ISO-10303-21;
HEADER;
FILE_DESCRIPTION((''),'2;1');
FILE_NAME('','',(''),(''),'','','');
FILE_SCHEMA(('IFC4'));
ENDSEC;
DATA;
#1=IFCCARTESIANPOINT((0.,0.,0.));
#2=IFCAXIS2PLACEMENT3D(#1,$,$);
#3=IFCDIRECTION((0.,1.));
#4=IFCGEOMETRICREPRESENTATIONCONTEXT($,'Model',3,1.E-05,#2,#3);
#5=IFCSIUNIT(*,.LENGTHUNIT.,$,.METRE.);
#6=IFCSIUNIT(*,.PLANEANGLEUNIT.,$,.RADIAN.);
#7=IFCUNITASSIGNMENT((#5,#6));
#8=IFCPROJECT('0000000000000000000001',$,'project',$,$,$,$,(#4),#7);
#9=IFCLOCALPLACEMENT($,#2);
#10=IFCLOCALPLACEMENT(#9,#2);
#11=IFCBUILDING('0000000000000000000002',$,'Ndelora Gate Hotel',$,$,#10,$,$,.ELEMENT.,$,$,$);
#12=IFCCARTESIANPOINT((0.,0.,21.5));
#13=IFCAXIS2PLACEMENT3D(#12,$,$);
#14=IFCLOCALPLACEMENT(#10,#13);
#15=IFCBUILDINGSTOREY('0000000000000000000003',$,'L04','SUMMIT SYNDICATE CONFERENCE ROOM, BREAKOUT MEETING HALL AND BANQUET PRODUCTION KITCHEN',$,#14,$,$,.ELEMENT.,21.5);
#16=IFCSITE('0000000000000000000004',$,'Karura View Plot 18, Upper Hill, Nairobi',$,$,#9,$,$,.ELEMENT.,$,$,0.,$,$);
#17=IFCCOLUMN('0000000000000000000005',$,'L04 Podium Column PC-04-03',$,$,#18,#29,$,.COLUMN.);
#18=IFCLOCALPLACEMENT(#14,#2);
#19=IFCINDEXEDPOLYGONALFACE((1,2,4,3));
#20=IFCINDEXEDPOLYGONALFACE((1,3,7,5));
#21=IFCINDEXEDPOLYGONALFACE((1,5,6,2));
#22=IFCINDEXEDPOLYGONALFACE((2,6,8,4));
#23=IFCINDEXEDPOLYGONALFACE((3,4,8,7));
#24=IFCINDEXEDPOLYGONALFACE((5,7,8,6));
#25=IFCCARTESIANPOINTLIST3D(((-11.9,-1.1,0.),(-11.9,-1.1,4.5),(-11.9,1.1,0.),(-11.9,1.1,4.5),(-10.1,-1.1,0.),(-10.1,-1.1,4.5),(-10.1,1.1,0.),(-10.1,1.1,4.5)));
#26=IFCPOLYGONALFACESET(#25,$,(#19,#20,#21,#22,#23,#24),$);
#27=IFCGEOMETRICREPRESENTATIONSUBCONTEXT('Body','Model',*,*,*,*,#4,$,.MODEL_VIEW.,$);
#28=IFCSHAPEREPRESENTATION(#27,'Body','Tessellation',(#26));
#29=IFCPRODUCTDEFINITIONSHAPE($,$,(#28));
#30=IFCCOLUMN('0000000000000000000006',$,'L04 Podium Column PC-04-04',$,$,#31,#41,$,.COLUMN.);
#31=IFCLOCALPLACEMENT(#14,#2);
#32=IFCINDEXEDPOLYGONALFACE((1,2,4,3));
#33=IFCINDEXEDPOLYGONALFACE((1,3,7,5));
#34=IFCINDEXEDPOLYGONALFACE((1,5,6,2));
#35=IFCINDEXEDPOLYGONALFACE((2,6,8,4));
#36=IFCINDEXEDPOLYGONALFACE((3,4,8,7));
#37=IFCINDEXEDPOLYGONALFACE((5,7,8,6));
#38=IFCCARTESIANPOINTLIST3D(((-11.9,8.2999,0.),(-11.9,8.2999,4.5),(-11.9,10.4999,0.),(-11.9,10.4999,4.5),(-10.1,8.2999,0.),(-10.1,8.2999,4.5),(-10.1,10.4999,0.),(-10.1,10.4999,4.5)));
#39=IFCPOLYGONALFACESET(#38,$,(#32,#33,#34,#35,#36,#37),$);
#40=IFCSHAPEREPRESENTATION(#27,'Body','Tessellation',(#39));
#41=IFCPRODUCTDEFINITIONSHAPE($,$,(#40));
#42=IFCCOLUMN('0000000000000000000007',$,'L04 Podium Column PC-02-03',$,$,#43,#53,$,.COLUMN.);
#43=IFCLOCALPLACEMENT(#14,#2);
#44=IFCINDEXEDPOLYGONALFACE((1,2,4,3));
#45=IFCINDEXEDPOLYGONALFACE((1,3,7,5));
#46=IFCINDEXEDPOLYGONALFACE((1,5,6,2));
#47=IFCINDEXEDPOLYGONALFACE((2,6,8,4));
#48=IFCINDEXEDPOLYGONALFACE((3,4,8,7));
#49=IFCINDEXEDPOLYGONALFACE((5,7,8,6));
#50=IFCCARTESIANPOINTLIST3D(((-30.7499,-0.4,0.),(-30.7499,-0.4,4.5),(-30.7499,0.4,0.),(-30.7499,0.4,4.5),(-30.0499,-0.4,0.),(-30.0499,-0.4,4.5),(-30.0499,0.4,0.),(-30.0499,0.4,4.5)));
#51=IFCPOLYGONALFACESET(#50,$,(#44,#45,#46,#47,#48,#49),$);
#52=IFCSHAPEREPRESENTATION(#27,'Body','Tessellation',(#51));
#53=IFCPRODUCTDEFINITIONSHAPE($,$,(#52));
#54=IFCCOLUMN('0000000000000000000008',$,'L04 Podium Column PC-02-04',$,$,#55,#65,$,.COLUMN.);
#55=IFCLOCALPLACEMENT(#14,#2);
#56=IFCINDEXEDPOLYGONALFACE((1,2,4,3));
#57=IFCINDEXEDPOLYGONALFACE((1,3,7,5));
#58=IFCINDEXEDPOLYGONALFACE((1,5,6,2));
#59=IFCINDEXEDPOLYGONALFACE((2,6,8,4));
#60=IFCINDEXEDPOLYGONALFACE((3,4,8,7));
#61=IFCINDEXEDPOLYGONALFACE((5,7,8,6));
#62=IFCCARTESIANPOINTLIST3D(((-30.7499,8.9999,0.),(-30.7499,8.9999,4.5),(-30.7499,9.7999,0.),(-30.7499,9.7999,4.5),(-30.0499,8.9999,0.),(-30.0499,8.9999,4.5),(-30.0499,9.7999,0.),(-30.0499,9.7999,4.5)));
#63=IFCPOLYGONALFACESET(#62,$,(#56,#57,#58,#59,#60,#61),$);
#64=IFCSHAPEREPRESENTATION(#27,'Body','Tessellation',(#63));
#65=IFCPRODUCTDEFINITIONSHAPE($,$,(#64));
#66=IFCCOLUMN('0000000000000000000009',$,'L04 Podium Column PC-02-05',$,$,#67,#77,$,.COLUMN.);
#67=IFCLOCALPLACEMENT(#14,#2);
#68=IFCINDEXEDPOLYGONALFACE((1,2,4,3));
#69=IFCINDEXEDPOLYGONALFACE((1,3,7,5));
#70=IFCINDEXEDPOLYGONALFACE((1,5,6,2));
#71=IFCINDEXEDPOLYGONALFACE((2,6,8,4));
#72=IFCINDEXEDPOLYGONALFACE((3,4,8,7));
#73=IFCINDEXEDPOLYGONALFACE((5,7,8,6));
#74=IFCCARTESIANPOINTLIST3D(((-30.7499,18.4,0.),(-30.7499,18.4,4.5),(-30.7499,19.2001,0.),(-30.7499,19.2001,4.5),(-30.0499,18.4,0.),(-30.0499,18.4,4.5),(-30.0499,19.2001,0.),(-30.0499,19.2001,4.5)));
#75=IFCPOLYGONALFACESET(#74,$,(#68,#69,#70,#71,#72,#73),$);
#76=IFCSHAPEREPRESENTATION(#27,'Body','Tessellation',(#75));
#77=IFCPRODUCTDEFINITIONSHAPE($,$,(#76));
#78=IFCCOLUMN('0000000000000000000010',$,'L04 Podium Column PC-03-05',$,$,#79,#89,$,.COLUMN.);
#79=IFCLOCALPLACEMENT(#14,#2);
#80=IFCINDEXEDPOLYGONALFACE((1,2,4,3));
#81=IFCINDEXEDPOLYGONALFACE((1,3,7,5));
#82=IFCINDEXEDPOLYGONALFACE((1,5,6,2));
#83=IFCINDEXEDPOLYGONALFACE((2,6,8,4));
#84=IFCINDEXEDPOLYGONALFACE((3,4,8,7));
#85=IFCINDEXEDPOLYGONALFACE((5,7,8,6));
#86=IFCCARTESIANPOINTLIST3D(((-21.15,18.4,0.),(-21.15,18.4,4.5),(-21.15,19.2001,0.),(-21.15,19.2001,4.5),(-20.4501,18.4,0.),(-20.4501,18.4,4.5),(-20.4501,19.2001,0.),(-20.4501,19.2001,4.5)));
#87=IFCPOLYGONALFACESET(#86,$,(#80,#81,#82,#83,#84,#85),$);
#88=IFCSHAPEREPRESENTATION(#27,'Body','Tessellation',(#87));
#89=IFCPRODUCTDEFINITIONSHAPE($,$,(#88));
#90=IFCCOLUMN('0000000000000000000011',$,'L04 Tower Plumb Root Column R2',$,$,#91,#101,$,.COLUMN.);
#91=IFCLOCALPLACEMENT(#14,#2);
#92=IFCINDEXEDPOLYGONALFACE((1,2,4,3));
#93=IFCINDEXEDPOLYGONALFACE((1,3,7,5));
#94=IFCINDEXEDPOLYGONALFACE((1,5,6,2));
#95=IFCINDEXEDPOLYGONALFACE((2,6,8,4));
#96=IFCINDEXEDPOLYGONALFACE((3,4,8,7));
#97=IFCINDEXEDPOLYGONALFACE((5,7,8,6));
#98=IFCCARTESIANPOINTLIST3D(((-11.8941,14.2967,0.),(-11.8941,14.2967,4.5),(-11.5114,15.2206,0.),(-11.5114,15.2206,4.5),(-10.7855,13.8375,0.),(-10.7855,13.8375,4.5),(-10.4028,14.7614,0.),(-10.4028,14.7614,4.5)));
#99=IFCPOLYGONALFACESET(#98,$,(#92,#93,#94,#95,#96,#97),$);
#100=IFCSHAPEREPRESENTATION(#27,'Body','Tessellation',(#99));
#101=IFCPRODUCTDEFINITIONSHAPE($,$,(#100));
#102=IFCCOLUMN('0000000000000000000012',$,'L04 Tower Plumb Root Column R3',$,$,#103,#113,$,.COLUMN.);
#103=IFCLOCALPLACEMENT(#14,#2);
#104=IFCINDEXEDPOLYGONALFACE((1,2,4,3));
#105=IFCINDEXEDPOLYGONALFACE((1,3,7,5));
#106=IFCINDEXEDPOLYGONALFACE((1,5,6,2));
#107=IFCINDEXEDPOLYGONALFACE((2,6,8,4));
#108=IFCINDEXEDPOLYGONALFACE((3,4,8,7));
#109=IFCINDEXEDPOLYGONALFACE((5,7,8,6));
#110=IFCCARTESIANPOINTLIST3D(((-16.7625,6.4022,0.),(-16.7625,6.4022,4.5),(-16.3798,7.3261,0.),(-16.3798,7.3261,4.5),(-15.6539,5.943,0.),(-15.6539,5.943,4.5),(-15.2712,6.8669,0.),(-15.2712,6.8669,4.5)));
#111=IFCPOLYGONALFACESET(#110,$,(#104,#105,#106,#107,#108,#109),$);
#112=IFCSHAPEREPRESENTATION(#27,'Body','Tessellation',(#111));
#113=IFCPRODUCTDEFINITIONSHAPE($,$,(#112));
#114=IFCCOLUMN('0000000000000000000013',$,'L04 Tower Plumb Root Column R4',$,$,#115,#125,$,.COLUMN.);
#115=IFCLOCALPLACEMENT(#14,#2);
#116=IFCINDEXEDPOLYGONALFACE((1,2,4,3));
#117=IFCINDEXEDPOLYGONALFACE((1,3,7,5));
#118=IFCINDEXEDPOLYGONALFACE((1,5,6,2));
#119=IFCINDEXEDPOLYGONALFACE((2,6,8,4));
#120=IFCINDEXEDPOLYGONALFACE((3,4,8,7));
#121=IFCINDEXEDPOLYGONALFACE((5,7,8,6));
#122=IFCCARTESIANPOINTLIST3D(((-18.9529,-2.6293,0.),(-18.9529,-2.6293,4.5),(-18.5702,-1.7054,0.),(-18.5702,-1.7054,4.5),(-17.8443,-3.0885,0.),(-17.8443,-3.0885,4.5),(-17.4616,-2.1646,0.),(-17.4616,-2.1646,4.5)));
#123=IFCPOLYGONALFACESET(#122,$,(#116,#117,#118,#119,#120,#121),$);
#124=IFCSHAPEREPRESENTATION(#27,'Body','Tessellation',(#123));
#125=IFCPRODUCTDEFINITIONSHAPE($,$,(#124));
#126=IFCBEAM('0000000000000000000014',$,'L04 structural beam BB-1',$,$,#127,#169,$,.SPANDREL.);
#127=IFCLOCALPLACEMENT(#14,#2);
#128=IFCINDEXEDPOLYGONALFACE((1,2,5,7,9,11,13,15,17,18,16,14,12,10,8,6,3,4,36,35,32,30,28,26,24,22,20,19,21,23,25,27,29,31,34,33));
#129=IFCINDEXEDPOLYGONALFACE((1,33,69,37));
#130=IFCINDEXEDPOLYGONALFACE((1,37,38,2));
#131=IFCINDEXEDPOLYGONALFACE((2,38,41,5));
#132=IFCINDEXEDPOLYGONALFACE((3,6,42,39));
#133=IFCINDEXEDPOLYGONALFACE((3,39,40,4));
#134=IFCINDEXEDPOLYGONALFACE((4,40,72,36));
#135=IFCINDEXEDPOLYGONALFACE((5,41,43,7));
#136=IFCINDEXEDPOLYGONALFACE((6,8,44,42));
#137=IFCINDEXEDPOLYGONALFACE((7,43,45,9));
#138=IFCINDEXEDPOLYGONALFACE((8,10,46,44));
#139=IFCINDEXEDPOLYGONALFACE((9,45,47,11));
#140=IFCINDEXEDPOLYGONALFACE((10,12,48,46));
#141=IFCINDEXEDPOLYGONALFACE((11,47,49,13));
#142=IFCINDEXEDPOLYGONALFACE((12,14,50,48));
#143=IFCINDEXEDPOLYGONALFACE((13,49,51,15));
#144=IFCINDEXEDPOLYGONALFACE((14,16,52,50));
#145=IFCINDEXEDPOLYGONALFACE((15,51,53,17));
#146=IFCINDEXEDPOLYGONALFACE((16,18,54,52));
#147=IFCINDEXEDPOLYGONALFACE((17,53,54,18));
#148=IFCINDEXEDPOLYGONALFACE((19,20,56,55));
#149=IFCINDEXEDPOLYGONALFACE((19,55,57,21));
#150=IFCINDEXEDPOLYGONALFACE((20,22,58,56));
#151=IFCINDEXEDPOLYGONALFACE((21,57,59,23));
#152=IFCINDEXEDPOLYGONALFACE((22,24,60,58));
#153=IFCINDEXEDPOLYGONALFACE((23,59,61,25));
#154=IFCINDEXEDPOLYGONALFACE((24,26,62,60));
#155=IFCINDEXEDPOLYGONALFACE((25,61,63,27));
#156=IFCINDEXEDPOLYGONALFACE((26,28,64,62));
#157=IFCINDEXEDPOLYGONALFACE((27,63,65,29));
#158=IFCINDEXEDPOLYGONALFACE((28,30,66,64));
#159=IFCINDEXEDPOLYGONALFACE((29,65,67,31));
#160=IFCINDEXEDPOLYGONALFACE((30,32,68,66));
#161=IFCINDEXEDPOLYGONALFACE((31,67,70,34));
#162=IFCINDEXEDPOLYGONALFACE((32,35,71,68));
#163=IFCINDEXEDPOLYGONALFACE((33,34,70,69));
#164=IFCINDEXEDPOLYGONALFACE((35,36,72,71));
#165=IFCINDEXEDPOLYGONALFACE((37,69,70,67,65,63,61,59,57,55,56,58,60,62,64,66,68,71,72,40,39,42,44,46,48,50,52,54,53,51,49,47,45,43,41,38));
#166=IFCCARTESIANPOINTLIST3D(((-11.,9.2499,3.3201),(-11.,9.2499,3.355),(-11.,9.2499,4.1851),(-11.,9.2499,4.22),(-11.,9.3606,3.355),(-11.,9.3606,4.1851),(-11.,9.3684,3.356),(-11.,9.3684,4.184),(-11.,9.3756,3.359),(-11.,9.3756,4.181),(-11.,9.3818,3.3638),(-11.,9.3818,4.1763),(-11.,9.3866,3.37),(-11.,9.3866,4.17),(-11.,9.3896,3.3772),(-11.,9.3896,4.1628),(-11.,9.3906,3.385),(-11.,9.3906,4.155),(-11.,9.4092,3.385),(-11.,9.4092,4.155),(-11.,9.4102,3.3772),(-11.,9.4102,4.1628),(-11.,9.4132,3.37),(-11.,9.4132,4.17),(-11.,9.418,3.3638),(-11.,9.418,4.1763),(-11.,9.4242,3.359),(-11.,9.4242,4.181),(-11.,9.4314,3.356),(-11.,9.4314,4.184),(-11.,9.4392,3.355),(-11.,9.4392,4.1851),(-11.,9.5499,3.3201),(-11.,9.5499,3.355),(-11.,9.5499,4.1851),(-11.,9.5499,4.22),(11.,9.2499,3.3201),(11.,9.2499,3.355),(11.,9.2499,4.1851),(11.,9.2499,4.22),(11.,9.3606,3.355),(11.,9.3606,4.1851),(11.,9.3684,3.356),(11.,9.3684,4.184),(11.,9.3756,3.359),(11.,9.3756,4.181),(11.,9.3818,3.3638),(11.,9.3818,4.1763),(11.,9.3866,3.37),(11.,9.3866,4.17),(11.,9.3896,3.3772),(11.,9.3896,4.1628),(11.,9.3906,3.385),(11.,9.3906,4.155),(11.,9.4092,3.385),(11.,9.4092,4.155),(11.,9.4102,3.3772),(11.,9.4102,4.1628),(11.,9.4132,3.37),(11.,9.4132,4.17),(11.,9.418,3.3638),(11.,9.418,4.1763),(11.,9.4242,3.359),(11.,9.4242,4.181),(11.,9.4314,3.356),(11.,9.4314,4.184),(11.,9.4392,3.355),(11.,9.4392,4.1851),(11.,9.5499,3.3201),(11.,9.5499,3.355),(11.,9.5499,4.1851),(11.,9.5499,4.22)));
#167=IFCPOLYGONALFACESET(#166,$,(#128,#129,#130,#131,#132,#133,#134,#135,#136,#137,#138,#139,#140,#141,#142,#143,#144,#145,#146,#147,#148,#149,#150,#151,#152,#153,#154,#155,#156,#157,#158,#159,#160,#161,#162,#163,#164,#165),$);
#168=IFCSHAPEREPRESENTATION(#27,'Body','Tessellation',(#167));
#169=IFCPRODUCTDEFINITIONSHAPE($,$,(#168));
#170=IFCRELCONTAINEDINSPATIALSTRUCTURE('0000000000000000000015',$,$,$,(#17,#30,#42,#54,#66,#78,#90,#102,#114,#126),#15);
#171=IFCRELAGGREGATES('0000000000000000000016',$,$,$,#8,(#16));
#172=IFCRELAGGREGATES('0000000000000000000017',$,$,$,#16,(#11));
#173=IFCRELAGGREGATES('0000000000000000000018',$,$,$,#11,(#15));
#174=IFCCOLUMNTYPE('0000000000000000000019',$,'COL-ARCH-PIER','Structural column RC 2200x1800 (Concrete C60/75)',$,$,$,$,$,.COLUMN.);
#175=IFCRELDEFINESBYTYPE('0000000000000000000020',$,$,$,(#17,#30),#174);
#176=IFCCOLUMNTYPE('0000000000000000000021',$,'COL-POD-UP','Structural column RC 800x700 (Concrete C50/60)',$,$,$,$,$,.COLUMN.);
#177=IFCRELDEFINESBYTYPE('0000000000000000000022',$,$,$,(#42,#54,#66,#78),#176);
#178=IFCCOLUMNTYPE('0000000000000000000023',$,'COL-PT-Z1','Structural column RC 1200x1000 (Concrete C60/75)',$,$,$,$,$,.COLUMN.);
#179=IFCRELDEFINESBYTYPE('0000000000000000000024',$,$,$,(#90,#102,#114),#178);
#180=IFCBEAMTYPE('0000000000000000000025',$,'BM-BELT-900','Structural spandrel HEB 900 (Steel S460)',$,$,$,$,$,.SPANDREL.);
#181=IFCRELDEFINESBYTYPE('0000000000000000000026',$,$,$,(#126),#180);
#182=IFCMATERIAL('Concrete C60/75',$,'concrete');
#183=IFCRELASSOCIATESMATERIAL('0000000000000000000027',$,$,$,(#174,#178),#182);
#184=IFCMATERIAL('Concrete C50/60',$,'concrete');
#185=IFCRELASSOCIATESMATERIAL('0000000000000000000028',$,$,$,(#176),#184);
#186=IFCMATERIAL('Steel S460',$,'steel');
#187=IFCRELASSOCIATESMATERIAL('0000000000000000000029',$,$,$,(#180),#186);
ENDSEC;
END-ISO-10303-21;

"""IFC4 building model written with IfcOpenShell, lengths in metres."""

from ifc_helpers import new_model, si_unit, direction, frame, origin, origin_2d, place, context, subcontext, project, spatial, rectangle, i_section, extrude, material, material_profile, profile_set, type_object, element, save


model = new_model("IFC4")

# Units and contexts
model_context = context("Model", 3, precision=1e-05, world=origin(), true_north=direction((0.0, 1.0)))
body_context = subcontext(model_context, "Body", "Model", "MODEL_VIEW")
ifc_project = project(units=[si_unit("LENGTHUNIT", "METRE"), si_unit("PLANEANGLEUNIT", "RADIAN")], contexts=[model_context])

# Site, building, storey
site_placement = place(None, origin())
site = spatial("IfcSite", under=ifc_project, at=site_placement, Name="Karura View Plot 18, Upper Hill, Nairobi", CompositionType="ELEMENT", RefElevation=0.0)
building_placement = place(site_placement, origin())
building = spatial("IfcBuilding", under=site, at=building_placement, Name="Ndelora Gate Hotel", CompositionType="ELEMENT")
storey_placement = place(building_placement, frame((0.0, 0.0, 21.5)))
storey = spatial("IfcBuildingStorey", under=building, at=storey_placement, Name="L04", Description="SUMMIT SYNDICATE CONFERENCE ROOM, BREAKOUT MEETING HALL AND BANQUET PRODUCTION KITCHEN", CompositionType="ELEMENT", Elevation=21.5)

# Columns
ifc_material_1 = material(Name="Concrete C60/75", Category="concrete")
ifc_material_profile_1 = material_profile(ifc_material_1, rectangle(XDim=1.8, YDim=2.2, at=origin_2d()), Name="RC 2200x1800")
ifc_profile_set_1 = profile_set([ifc_material_profile_1], Name="Concrete C60/75")
column_type_1 = type_object("IfcColumnType", Name="COL-ARCH-PIER", Description="Structural column RC 2200x1800 (Concrete C60/75)", PredefinedType="COLUMN", material=ifc_profile_set_1)
for number, where, z_axis, x_axis, name in (
    (1, (-11.0, 0.0, 0.0), (0.0, 0.0, 1.0), (1.0, 0.0, 0.0), "L04 Podium Column PC-04-03"),
    (2, (-11.0, 9.3999, 0.0), (0.0, 0.0, 1.0), (1.0, 0.0, 0.0), "L04 Podium Column PC-04-04"),
):
    element("IfcColumn", number, at=place(storey_placement, frame(where, z_axis=z_axis, x_axis=x_axis)), inside=storey, type_object=column_type_1, Name=name, PredefinedType="COLUMN", context=body_context, shape_type="SweptSolid", body=[
        extrude(rectangle(XDim=1.8, YDim=2.2, at=origin_2d()), origin(), (0.0, 0.0, 1.0), 4.5),
    ])
ifc_material_2 = material(Name="Concrete C50/60", Category="concrete")
ifc_material_profile_2 = material_profile(ifc_material_2, rectangle(XDim=0.7, YDim=0.8, at=origin_2d()), Name="RC 800x700")
ifc_profile_set_2 = profile_set([ifc_material_profile_2], Name="Concrete C50/60")
column_type_2 = type_object("IfcColumnType", Name="COL-POD-UP", Description="Structural column RC 800x700 (Concrete C50/60)", PredefinedType="COLUMN", material=ifc_profile_set_2)
for number, where, z_axis, x_axis, name in (
    (3, (-30.3999, 0.0, 0.0), (0.0, 0.0, 1.0), (1.0, 0.0, 0.0), "L04 Podium Column PC-02-03"),
    (4, (-30.3999, 9.3999, 0.0), (0.0, 0.0, 1.0), (1.0, 0.0, 0.0), "L04 Podium Column PC-02-04"),
    (5, (-30.3999, 18.8, 0.0), (0.0, 0.0, 1.0), (1.0, 0.0, 0.0), "L04 Podium Column PC-02-05"),
    (6, (-20.8, 18.8, 0.0), (0.0, 0.0, 1.0), (1.0, 0.0, 0.0), "L04 Podium Column PC-03-05"),
):
    element("IfcColumn", number, at=place(storey_placement, frame(where, z_axis=z_axis, x_axis=x_axis)), inside=storey, type_object=column_type_2, Name=name, PredefinedType="COLUMN", context=body_context, shape_type="SweptSolid", body=[
        extrude(rectangle(XDim=0.7, YDim=0.8, at=origin_2d()), origin(), (0.0, 0.0, 1.0), 4.5),
    ])
ifc_material_profile_3 = material_profile(ifc_material_1, rectangle(XDim=1.0, YDim=1.2, at=origin_2d()), Name="RC 1200x1000")
ifc_profile_set_3 = profile_set([ifc_material_profile_3], Name="Concrete C60/75")
column_type_3 = type_object("IfcColumnType", Name="COL-PT-Z1", Description="Structural column RC 1200x1000 (Concrete C60/75)", PredefinedType="COLUMN", material=ifc_profile_set_3)
for number, where, z_axis, x_axis, name in (
    (7, (-11.1484, 14.5291, 0.0), (0.0, 0.0, 1.0), (0.382683, 0.92388, 0.0), "L04 Tower Plumb Root Column R2"),
    (8, (-16.0168, 6.6345, 0.0), (0.0, 0.0, 1.0), (0.382683, 0.92388, 0.0), "L04 Tower Plumb Root Column R3"),
    (9, (-18.2073, -2.397, 0.0), (0.0, 0.0, 1.0), (0.382683, 0.92388, 0.0), "L04 Tower Plumb Root Column R4"),
):
    element("IfcColumn", number, at=place(storey_placement, frame(where, z_axis=z_axis, x_axis=x_axis)), inside=storey, type_object=column_type_3, Name=name, PredefinedType="COLUMN", context=body_context, shape_type="SweptSolid", body=[
        extrude(rectangle(XDim=1.0, YDim=1.2, at=origin_2d()), origin(), (0.0, 0.0, 1.0), 4.5),
    ])

# Beam
ifc_material_3 = material(Name="Steel S460", Category="steel")
ifc_material_profile_4 = material_profile(ifc_material_3, i_section(OverallWidth=0.3, OverallDepth=0.8999, WebThickness=0.0186, FlangeThickness=0.0349, FilletRadius=0.03, at=origin_2d()), Name="HEB 900")
ifc_profile_set_4 = profile_set([ifc_material_profile_4], Name="Steel S460")
beam_type_1 = type_object("IfcBeamType", Name="BM-BELT-900", Description="Structural spandrel HEB 900 (Steel S460)", PredefinedType="SPANDREL", material=ifc_profile_set_4)
beam_1_placement = place(storey_placement, frame((-11.0, 9.3999, 3.77), z_axis=(1.0, 0.0, 0.0), x_axis=(0.0, 1.0, 0.0)))
element("IfcBeam", 10, at=beam_1_placement, inside=storey, type_object=beam_type_1, Name="L04 structural beam BB-1", PredefinedType="SPANDREL", context=body_context, shape_type="SweptSolid", body=[
    extrude(i_section(OverallWidth=0.3, OverallDepth=0.8999, WebThickness=0.0186, FlangeThickness=0.0349, FilletRadius=0.03, at=origin_2d()), origin(), (0.0, 0.0, 1.0), 22.0),
])

save(model, "model.ifc")
